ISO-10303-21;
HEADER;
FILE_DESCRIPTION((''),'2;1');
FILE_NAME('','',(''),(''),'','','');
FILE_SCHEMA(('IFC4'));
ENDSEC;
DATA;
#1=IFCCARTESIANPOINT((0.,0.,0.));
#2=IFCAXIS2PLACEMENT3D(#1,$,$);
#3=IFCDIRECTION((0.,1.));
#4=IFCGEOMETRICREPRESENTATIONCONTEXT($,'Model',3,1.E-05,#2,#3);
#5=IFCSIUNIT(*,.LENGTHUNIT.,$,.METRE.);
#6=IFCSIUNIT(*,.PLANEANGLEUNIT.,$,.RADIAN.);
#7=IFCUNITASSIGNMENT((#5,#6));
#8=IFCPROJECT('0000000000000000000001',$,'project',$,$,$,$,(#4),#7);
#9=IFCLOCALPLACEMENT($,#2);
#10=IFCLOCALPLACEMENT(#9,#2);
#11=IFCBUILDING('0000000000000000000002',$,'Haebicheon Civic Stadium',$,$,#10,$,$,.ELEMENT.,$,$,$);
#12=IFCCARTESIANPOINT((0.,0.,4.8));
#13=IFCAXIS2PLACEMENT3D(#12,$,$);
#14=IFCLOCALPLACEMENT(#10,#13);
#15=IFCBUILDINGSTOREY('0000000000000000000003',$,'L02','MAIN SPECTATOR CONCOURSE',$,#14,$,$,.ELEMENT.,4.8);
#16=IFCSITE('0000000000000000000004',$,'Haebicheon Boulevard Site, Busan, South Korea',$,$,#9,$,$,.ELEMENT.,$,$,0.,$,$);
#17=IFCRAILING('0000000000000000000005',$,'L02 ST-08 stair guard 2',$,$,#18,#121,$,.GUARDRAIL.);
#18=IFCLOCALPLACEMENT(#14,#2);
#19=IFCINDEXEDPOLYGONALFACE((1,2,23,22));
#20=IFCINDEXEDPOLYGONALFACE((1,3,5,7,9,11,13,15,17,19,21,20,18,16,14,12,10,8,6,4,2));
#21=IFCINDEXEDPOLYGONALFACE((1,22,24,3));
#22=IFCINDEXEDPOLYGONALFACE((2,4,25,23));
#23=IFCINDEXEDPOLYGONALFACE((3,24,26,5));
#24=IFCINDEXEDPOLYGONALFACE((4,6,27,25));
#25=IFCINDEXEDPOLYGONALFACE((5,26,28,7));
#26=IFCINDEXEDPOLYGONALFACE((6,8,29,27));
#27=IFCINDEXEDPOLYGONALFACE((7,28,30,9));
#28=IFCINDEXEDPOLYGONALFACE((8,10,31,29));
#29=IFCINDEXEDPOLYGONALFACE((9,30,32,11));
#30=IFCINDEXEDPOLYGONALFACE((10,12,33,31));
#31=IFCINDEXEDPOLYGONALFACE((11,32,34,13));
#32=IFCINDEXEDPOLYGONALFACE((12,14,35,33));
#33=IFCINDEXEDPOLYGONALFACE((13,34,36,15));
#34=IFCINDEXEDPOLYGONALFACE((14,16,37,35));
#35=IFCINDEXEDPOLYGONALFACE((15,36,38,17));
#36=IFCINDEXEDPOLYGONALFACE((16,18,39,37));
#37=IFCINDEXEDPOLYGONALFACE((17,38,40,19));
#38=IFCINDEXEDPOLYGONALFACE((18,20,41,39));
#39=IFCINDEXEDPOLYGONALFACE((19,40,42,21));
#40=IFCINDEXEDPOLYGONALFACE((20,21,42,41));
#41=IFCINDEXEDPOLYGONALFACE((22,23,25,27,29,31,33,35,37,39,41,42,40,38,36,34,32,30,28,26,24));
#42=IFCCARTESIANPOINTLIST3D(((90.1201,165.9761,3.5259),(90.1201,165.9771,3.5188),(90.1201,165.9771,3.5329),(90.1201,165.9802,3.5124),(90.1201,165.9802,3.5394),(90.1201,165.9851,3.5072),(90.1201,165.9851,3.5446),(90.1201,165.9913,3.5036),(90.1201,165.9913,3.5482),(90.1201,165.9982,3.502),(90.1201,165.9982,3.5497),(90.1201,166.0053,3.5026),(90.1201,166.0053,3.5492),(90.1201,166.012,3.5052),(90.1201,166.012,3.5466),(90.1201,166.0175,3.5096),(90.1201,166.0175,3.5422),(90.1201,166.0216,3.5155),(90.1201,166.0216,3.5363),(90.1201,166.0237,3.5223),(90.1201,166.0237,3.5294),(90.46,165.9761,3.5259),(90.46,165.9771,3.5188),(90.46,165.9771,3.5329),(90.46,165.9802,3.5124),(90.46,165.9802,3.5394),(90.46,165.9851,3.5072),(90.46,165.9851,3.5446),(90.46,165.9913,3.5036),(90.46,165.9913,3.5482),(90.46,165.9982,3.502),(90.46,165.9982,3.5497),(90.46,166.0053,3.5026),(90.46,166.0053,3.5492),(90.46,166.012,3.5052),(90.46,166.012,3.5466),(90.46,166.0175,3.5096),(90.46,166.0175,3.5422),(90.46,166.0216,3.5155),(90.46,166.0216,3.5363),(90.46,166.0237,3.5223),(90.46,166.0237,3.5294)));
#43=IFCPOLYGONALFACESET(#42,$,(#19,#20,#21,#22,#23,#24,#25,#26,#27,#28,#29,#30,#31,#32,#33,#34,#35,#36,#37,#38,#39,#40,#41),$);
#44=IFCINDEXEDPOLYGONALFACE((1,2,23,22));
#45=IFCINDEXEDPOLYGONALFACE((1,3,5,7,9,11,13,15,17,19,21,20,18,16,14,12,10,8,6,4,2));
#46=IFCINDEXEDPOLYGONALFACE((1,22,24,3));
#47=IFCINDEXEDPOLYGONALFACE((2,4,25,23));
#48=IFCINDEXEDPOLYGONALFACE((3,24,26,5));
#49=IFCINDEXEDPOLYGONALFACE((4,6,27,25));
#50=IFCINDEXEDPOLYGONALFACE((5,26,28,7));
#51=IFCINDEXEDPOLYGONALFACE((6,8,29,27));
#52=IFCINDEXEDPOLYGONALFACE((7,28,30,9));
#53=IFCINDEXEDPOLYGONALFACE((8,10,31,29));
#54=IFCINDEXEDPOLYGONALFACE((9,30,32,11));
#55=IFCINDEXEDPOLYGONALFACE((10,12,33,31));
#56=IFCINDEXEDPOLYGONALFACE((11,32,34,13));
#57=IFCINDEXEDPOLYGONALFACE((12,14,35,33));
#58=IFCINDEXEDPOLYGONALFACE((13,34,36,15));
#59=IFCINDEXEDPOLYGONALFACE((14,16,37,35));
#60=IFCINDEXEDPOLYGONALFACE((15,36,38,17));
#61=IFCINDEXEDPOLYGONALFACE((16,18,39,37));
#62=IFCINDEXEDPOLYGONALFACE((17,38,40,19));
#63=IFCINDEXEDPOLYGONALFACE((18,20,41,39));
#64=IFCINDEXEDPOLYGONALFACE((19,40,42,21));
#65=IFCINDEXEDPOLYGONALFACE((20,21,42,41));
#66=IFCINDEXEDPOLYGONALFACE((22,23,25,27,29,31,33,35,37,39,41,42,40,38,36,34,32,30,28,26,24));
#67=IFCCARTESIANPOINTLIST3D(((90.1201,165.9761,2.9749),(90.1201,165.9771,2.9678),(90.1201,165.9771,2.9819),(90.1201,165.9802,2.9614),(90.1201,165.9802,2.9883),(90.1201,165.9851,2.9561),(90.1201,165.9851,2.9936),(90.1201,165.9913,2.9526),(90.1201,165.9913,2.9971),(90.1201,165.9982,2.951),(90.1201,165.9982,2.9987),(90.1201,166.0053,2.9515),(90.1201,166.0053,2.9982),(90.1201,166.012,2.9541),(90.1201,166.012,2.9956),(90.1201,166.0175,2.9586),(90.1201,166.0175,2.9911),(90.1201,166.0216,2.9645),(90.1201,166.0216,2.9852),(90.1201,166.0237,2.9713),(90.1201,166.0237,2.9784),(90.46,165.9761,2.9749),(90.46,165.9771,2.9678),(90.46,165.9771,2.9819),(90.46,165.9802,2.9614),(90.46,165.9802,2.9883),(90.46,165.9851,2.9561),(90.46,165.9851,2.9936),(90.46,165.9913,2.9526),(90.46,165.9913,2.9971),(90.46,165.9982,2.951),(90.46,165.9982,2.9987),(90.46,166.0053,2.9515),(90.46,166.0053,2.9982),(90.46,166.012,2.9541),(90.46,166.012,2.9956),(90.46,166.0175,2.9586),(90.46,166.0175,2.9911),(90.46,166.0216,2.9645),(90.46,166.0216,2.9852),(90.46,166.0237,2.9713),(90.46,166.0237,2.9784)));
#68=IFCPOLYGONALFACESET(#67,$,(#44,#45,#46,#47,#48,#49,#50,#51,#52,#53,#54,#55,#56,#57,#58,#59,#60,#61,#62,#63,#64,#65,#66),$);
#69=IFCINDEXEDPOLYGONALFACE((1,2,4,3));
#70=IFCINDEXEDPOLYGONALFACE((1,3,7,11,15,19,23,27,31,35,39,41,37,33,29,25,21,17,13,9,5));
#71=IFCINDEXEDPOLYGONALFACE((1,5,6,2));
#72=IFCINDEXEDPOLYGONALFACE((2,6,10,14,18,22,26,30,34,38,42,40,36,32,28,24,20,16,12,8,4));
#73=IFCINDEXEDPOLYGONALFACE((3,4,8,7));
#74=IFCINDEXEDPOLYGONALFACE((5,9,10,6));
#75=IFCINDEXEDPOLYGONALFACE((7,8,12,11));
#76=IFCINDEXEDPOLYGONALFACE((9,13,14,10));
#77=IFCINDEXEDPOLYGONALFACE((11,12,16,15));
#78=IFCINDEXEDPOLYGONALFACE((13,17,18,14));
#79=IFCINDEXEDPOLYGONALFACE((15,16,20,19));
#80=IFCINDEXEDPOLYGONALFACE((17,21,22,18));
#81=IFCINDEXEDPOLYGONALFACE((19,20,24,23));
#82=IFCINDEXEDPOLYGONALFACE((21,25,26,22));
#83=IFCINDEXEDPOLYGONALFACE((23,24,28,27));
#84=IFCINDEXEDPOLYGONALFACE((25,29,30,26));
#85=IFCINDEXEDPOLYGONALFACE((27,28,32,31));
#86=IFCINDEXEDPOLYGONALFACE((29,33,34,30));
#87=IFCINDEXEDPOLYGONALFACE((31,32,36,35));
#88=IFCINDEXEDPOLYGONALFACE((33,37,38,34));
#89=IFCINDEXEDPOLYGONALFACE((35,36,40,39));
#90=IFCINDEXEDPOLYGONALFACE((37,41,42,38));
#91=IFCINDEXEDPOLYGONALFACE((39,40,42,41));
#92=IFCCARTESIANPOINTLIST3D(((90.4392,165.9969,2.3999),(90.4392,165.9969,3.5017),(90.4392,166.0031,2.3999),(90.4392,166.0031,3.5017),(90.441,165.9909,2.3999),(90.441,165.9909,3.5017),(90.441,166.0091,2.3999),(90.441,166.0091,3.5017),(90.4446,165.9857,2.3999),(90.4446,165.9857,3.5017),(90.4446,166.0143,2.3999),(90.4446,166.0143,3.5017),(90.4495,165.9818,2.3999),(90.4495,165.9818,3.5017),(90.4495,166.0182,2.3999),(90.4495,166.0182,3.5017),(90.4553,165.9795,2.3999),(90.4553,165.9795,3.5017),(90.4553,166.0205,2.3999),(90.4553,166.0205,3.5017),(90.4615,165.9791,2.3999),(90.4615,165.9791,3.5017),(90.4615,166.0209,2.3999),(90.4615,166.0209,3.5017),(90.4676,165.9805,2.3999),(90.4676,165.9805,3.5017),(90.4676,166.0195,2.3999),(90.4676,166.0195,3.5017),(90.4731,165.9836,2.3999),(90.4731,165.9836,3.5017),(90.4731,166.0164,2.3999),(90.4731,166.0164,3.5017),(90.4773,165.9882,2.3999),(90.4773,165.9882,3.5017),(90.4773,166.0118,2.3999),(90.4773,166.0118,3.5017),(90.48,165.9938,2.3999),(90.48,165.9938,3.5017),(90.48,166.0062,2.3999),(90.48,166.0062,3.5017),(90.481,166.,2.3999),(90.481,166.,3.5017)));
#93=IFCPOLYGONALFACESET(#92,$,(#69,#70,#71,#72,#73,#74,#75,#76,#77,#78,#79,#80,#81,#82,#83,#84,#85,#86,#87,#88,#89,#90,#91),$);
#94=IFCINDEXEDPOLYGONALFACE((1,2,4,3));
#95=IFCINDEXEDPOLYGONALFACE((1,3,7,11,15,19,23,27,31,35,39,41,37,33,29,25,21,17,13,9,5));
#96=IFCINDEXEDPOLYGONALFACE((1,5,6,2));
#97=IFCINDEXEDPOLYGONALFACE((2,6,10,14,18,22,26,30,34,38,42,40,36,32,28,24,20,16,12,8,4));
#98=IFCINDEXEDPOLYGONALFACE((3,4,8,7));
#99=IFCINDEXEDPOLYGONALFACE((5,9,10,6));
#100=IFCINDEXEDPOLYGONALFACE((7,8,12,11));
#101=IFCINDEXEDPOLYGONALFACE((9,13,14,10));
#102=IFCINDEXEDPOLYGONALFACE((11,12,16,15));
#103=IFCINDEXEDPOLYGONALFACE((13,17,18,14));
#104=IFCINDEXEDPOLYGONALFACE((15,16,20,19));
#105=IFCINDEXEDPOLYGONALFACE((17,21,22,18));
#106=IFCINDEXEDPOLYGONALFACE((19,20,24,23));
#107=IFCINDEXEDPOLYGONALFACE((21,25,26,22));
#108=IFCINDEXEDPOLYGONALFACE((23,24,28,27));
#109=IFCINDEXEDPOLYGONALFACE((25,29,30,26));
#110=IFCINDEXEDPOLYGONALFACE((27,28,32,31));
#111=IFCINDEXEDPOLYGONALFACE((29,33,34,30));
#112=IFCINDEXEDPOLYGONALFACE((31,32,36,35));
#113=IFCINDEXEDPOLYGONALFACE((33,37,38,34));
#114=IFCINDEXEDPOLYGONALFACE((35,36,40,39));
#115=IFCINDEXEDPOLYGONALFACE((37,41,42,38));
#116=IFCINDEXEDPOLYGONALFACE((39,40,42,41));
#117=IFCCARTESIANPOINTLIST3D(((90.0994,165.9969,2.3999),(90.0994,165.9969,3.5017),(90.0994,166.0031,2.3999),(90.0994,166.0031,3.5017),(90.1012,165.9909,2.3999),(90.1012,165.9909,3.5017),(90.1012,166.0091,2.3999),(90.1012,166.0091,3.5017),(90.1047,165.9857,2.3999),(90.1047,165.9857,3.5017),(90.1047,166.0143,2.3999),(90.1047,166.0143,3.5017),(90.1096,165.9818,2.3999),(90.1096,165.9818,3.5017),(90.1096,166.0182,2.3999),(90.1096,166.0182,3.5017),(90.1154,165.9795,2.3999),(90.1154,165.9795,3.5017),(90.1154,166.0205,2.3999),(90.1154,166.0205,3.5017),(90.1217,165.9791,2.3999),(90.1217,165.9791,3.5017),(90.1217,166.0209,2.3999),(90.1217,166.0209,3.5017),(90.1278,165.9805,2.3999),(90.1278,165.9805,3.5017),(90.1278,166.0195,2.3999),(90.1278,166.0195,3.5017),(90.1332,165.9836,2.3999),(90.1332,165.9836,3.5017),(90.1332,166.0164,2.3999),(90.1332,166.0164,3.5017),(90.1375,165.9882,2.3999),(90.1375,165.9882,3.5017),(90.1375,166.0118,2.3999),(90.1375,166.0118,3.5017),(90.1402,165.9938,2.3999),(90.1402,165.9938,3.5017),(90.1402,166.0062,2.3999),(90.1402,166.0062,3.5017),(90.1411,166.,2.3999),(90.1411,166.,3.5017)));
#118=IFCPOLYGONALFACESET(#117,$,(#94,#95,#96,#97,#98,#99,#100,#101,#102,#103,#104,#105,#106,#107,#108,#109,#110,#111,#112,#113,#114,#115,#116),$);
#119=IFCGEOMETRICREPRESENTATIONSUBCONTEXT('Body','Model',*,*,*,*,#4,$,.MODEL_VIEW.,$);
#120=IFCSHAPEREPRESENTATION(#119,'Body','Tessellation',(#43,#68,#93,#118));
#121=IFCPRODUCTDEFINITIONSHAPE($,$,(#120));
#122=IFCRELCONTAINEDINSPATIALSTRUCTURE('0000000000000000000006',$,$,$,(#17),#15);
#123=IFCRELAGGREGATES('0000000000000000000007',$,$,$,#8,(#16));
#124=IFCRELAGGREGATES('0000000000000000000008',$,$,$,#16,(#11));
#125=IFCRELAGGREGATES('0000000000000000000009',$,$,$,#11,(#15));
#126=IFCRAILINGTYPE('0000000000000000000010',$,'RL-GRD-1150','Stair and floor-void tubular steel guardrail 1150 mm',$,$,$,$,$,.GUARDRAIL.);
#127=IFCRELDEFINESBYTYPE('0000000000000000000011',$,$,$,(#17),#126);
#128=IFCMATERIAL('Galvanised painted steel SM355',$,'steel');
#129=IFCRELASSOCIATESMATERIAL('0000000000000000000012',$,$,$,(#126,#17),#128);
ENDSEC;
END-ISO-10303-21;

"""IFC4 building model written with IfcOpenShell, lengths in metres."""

from ifc_helpers import new_model, si_unit, direction, frame, origin, origin_2d, place, context, subcontext, project, spatial, circle, extrude, material, type_object, element, save


model = new_model("IFC4")

# Units and contexts
model_context = context("Model", 3, precision=1e-05, world=origin(), true_north=direction((0.0, 1.0)))
body_context = subcontext(model_context, "Body", "Model", "MODEL_VIEW")
ifc_project = project(units=[si_unit("LENGTHUNIT", "METRE"), si_unit("PLANEANGLEUNIT", "RADIAN")], contexts=[model_context])

# Site, building, storey
site_placement = place(None, origin())
site = spatial("IfcSite", under=ifc_project, at=site_placement, Name="Haebicheon Boulevard Site, Busan, South Korea", CompositionType="ELEMENT", RefElevation=0.0)
building_placement = place(site_placement, origin())
building = spatial("IfcBuilding", under=site, at=building_placement, Name="Haebicheon Civic Stadium", CompositionType="ELEMENT")
storey_placement = place(building_placement, frame((0.0, 0.0, 4.8)))
storey = spatial("IfcBuildingStorey", under=building, at=storey_placement, Name="L02", Description="MAIN SPECTATOR CONCOURSE", CompositionType="ELEMENT", Elevation=4.8)

# Railing
ifc_material_1 = material(Name="Galvanised painted steel SM355", Category="steel")
railing_type_1 = type_object("IfcRailingType", Name="RL-GRD-1150", Description="Stair and floor-void tubular steel guardrail 1150 mm", PredefinedType="GUARDRAIL", material=ifc_material_1)
railing_1_placement = place(storey_placement, frame((90.46, 166.0, 2.3999)))
element("IfcRailing", 1, at=railing_1_placement, inside=storey, type_object=railing_type_1, material=ifc_material_1, Name="L02 ST-08 stair guard 2", PredefinedType="GUARDRAIL", context=body_context, shape_type="SweptSolid", body=[
    extrude(circle(Radius=0.0239, at=origin_2d()), frame((0.0, 0.0, 1.126), z_axis=(-1.0, 0.0, 0.0), x_axis=(0.0, -1.0, 0.0)), (0.0, 0.0, 1.0), 0.3398),
    extrude(circle(Radius=0.0239, at=origin_2d()), frame((0.0, 0.0, 0.575), z_axis=(-1.0, 0.0, 0.0), x_axis=(0.0, -1.0, 0.0)), (0.0, 0.0, 1.0), 0.3398),
    extrude(circle(Radius=0.021, at=origin_2d()), origin(), (0.0, 0.0, 1.0), 1.1018),
    extrude(circle(Radius=0.021, at=origin_2d()), frame((-0.3398, 0.0, 0.0)), (0.0, 0.0, 1.0), 1.1018),
])

save(model, "model.ifc")
